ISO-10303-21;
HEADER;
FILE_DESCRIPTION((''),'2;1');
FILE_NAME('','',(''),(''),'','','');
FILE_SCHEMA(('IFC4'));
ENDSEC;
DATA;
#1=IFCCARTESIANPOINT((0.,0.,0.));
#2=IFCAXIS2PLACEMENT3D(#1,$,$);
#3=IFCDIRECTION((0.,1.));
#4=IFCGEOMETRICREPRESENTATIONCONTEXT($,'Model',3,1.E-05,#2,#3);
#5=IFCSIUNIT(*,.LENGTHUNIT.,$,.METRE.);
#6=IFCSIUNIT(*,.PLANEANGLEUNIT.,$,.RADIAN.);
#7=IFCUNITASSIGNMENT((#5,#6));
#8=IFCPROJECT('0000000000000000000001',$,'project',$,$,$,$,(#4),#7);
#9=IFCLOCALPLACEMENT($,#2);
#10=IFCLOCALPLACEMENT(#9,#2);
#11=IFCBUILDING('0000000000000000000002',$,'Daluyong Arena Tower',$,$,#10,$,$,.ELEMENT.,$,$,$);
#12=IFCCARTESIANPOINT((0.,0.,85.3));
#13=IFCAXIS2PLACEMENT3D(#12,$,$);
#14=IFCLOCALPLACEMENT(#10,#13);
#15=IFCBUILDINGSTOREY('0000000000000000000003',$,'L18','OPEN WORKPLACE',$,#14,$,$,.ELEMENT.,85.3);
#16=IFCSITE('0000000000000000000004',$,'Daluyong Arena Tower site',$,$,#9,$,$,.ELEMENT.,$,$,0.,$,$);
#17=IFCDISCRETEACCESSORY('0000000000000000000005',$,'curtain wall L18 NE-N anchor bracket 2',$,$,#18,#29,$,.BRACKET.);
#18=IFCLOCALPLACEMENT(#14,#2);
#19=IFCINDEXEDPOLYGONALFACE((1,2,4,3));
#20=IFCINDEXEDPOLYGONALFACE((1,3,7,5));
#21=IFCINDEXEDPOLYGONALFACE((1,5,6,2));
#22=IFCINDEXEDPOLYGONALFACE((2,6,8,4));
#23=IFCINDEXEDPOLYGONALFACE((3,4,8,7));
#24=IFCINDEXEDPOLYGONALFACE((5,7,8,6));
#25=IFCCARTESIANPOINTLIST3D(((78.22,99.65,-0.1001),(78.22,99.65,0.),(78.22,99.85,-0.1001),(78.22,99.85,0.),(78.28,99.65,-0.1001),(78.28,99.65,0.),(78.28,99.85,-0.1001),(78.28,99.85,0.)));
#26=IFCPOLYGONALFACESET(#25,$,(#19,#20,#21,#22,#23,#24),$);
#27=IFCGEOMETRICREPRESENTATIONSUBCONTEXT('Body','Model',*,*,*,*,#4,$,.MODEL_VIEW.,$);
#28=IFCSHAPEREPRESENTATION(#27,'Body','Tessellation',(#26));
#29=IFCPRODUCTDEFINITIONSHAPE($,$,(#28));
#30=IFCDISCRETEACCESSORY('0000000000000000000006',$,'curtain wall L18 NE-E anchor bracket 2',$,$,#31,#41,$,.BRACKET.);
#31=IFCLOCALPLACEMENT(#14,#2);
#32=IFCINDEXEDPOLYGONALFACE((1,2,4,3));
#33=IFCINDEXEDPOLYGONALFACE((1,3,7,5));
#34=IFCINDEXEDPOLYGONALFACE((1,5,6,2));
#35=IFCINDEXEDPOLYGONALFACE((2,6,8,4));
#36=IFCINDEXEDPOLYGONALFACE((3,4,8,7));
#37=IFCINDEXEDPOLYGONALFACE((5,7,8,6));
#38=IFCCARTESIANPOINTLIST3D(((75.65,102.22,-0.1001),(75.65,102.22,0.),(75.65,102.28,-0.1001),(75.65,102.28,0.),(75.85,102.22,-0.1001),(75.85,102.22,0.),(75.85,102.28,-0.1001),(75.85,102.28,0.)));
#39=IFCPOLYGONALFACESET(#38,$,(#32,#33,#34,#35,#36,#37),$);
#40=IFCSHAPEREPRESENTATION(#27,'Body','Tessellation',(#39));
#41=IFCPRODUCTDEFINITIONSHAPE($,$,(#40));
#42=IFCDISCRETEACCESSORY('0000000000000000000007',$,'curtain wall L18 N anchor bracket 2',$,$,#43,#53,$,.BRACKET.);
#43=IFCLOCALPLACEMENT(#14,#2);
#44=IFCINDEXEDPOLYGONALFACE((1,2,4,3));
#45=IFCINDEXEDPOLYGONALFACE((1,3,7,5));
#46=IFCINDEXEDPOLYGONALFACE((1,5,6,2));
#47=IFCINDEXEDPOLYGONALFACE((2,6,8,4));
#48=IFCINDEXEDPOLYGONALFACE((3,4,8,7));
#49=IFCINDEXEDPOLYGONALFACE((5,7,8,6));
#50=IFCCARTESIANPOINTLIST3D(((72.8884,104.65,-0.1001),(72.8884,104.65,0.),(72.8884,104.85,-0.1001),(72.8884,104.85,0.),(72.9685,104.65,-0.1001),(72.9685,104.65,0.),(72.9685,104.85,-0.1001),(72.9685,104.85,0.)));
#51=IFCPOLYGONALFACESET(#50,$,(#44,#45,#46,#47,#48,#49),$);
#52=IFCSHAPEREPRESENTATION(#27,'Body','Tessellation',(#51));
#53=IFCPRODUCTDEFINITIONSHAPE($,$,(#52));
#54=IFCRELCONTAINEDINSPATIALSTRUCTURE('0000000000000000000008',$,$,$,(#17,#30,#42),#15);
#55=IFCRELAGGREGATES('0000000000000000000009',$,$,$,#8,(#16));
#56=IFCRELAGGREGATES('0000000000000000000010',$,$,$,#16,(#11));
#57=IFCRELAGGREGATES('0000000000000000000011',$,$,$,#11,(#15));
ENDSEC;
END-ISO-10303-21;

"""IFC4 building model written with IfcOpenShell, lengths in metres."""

from ifc_helpers import new_model, si_unit, direction, frame, origin, origin_2d, place, context, subcontext, project, spatial, rectangle, extrude, element, save


model = new_model("IFC4")

# Units and contexts
model_context = context("Model", 3, precision=1e-05, world=origin(), true_north=direction((0.0, 1.0)))
body_context = subcontext(model_context, "Body", "Model", "MODEL_VIEW")
ifc_project = project(units=[si_unit("LENGTHUNIT", "METRE"), si_unit("PLANEANGLEUNIT", "RADIAN")], contexts=[model_context])

# Site, building, storey
site_placement = place(None, origin())
site = spatial("IfcSite", under=ifc_project, at=site_placement, Name="Daluyong Arena Tower site", CompositionType="ELEMENT", RefElevation=0.0)
building_placement = place(site_placement, origin())
building = spatial("IfcBuilding", under=site, at=building_placement, Name="Daluyong Arena Tower", CompositionType="ELEMENT")
storey_placement = place(building_placement, frame((0.0, 0.0, 85.3)))
storey = spatial("IfcBuildingStorey", under=building, at=storey_placement, Name="L18", Description="OPEN WORKPLACE", CompositionType="ELEMENT", Elevation=85.3)

# Discrete accessories
for number, where, z_axis, x_axis, name in (
    (1, (78.25, 99.75, -0.1001), (0.0, 0.0, 1.0), (-1.0, 0.0, 0.0), "curtain wall L18 NE-N anchor bracket 2"),
    (2, (75.75, 102.25, -0.1001), (0.0, 0.0, 1.0), (0.0, 1.0, 0.0), "curtain wall L18 NE-E anchor bracket 2"),
):
    element("IfcDiscreteAccessory", number, at=place(storey_placement, frame(where, z_axis=z_axis, x_axis=x_axis)), inside=storey, Name=name, PredefinedType="BRACKET", context=body_context, shape_type="SweptSolid", body=[
        extrude(rectangle(XDim=0.0601, YDim=0.2, at=origin_2d()), origin(), (0.0, 0.0, 1.0), 0.1001),
    ])
discrete_accessory_placement = place(storey_placement, frame((72.9285, 104.75, -0.1001), z_axis=(0.0, 0.0, 1.0), x_axis=(-1.0, 0.0, 0.0)))
element("IfcDiscreteAccessory", 3, at=discrete_accessory_placement, inside=storey, Name="curtain wall L18 N anchor bracket 2", PredefinedType="BRACKET", context=body_context, shape_type="SweptSolid", body=[
    extrude(rectangle(XDim=0.0801, YDim=0.2, at=origin_2d()), origin(), (0.0, 0.0, 1.0), 0.1001),
])

save(model, "model.ifc")
